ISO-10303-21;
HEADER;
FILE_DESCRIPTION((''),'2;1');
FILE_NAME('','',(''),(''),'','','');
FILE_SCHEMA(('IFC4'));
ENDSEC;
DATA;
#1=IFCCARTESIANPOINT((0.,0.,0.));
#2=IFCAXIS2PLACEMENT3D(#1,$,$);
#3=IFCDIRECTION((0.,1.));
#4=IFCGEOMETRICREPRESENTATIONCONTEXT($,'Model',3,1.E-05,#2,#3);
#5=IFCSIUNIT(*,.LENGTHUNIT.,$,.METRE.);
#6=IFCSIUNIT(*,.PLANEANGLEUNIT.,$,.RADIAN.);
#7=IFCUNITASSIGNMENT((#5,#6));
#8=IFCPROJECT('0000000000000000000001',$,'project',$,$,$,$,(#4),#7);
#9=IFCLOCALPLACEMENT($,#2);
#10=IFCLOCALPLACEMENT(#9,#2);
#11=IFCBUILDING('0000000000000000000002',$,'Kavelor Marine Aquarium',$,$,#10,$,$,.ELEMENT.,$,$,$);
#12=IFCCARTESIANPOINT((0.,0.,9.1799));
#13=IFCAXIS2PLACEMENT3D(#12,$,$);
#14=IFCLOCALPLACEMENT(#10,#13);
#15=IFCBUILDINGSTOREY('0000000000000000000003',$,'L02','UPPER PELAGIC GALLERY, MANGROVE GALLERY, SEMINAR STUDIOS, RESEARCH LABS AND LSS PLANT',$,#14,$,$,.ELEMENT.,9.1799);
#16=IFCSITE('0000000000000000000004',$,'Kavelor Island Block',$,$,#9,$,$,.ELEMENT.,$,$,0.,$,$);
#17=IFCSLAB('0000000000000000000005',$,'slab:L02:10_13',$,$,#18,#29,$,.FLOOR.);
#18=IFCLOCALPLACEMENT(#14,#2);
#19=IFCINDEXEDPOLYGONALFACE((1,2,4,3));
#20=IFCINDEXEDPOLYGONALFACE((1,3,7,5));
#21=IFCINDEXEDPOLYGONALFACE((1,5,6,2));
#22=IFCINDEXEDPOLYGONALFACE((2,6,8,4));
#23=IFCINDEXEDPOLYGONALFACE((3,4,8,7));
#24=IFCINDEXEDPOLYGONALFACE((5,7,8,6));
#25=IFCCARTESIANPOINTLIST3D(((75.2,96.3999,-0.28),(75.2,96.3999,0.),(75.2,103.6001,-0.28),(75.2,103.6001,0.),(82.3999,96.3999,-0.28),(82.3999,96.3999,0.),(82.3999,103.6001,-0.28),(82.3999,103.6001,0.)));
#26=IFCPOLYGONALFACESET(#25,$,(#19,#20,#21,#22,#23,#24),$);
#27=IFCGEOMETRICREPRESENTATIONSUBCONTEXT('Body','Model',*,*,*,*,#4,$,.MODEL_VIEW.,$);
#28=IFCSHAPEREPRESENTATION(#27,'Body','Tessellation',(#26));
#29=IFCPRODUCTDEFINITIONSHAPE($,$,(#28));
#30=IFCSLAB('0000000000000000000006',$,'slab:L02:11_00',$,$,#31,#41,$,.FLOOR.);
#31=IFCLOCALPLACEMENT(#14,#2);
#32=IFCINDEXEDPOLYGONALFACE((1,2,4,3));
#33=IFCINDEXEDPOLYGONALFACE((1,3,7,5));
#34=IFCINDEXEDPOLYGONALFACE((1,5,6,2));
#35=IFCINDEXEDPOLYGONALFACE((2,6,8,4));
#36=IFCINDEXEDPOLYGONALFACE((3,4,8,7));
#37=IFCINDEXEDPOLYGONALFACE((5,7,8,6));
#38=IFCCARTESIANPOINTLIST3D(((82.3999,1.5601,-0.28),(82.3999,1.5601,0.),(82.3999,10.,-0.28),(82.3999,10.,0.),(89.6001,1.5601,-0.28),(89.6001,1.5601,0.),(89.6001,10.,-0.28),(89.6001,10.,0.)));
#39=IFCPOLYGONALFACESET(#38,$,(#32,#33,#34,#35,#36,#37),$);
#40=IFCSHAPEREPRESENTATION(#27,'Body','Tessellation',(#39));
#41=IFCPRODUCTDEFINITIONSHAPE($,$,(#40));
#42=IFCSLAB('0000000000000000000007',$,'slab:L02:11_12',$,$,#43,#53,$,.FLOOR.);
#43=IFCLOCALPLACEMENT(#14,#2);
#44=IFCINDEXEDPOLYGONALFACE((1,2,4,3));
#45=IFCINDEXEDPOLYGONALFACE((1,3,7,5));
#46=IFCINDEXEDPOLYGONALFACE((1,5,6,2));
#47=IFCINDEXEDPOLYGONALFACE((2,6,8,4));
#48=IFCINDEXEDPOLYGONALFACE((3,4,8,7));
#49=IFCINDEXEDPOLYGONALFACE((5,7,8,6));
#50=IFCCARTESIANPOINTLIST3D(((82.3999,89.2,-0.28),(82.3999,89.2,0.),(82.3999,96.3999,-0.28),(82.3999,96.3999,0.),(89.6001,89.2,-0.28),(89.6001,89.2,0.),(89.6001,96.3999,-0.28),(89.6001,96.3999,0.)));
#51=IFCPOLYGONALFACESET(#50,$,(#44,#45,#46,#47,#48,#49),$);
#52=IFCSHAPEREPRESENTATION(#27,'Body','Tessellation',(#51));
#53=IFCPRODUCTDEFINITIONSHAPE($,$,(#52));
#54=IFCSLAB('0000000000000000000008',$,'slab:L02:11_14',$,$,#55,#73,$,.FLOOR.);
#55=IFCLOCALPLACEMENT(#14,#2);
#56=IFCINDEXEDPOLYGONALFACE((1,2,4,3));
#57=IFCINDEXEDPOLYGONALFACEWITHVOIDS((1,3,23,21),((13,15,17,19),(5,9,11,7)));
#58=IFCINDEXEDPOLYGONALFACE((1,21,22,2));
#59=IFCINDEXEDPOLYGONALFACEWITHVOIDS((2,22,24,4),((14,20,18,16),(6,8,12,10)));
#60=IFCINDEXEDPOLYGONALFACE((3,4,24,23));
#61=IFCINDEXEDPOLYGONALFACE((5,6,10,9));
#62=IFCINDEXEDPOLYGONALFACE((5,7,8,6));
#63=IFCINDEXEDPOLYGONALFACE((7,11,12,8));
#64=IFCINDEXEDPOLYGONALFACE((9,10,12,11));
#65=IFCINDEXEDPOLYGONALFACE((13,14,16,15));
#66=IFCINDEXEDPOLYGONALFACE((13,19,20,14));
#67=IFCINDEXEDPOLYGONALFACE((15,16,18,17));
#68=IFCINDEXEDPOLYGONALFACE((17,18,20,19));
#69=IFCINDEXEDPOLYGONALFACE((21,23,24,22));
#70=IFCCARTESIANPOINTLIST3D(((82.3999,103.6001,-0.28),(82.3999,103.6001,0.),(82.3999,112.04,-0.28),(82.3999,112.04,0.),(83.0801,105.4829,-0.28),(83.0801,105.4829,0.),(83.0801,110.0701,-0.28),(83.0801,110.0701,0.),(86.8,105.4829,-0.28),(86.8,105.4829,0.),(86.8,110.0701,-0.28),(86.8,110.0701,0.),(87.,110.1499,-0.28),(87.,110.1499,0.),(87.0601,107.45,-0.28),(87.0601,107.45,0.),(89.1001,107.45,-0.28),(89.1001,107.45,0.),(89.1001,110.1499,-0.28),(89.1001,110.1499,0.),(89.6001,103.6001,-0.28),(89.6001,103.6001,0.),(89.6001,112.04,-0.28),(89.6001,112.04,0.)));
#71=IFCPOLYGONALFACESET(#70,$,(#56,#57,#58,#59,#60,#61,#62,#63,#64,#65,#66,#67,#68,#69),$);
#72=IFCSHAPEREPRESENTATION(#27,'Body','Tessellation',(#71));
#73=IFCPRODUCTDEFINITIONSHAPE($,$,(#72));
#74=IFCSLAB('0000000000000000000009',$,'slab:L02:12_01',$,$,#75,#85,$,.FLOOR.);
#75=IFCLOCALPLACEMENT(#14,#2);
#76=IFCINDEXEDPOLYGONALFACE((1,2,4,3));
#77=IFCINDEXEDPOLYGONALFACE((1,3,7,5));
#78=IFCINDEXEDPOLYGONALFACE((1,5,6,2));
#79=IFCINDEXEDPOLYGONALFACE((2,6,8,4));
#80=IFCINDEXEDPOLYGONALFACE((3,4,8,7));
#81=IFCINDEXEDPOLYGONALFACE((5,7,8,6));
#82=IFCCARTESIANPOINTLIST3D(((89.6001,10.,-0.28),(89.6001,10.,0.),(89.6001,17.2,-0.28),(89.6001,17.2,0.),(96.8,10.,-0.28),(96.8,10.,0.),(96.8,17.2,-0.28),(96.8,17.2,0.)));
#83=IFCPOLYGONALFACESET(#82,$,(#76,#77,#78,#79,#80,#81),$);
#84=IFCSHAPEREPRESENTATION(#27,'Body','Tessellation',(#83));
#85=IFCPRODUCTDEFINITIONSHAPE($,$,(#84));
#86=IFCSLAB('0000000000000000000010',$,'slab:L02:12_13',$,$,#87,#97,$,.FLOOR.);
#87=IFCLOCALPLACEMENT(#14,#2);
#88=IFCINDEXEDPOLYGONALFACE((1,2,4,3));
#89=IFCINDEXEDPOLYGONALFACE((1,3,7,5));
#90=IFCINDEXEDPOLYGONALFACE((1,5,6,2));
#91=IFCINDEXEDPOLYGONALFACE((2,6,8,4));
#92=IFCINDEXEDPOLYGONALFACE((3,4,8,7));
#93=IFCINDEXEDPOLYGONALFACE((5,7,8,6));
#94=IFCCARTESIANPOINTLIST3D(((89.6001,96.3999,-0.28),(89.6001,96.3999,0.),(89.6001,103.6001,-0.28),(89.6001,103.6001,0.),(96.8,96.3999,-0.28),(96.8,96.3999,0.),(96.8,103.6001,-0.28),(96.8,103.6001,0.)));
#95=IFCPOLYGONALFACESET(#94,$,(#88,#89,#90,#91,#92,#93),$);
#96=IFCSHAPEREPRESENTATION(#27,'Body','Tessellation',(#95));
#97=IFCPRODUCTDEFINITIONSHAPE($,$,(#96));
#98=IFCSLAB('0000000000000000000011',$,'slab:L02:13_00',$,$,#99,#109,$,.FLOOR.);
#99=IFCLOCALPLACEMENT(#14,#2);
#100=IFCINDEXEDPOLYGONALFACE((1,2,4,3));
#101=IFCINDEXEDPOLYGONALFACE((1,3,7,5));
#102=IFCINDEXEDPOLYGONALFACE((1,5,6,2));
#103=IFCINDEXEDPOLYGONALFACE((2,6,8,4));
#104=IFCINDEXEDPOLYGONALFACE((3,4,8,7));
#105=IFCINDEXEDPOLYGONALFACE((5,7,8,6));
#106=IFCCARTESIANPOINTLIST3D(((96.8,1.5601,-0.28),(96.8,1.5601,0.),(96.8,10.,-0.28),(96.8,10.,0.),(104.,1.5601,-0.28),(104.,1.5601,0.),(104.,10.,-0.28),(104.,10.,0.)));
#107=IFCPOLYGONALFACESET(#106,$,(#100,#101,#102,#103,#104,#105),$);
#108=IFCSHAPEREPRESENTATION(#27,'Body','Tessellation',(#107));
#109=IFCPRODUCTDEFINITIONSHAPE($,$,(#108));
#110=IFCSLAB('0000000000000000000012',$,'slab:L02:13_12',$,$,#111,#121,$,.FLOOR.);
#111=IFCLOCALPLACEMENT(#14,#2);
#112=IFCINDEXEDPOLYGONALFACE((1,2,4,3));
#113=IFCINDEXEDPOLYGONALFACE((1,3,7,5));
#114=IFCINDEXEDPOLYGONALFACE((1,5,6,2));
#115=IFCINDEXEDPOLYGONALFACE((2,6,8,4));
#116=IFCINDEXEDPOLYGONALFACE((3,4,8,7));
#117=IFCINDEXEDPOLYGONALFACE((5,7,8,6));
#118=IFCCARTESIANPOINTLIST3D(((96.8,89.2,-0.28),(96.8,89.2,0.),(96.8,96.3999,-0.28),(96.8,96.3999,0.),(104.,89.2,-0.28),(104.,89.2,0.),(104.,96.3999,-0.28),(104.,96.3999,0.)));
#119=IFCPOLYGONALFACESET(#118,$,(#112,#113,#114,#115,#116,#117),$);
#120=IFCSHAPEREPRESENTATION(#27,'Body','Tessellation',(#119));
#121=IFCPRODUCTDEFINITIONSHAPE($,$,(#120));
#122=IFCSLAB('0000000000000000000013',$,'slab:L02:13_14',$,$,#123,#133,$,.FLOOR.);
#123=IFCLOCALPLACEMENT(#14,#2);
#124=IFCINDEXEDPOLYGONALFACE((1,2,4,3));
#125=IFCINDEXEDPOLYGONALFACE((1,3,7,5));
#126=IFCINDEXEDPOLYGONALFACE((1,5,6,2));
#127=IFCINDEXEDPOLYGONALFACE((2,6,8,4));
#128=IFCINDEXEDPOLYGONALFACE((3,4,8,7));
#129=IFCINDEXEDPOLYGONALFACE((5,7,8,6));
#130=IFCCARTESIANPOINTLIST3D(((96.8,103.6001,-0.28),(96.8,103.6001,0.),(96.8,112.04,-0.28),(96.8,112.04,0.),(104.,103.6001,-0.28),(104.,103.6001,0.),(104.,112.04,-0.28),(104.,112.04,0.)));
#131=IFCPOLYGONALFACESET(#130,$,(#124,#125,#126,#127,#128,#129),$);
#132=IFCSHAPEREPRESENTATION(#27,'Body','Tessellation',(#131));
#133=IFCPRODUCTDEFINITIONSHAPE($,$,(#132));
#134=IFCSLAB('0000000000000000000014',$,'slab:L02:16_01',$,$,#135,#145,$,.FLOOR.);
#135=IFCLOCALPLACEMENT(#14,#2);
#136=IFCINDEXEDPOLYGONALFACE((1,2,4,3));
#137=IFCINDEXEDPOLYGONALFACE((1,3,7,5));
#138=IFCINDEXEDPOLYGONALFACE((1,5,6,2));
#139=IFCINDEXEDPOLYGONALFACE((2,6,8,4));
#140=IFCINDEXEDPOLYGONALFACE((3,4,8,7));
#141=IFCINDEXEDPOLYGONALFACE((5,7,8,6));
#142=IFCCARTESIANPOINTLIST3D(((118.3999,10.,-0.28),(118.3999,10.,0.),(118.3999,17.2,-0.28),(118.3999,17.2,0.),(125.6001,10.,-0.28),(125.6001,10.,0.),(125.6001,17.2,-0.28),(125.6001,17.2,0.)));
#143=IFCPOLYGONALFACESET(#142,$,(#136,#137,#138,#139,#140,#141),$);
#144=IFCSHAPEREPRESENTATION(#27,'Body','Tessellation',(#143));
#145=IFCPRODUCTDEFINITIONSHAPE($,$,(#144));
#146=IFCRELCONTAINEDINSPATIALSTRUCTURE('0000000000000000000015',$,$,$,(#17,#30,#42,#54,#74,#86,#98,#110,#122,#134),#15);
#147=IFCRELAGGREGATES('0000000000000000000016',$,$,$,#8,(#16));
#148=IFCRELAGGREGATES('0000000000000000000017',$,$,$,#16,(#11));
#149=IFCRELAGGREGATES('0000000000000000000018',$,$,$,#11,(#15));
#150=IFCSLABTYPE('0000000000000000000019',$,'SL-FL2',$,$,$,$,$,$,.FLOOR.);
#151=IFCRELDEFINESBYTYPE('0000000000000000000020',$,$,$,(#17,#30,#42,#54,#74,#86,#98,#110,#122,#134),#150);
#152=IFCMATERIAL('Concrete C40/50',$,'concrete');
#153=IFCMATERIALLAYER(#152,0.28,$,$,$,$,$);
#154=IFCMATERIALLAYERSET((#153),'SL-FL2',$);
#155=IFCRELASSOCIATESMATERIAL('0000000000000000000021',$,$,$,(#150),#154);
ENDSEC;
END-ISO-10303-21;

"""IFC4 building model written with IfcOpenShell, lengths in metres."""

from ifc_helpers import new_model, si_unit, direction, frame, origin, place, context, subcontext, project, spatial, polyline, outline, extrude, material, layer, layer_set, type_object, element, save


model = new_model("IFC4")

# Units and contexts
model_context = context("Model", 3, precision=1e-05, world=origin(), true_north=direction((0.0, 1.0)))
body_context = subcontext(model_context, "Body", "Model", "MODEL_VIEW")
ifc_project = project(units=[si_unit("LENGTHUNIT", "METRE"), si_unit("PLANEANGLEUNIT", "RADIAN")], contexts=[model_context])

# Site, building, storey
site_placement = place(None, origin())
site = spatial("IfcSite", under=ifc_project, at=site_placement, Name="Kavelor Island Block", CompositionType="ELEMENT", RefElevation=0.0)
building_placement = place(site_placement, origin())
building = spatial("IfcBuilding", under=site, at=building_placement, Name="Kavelor Marine Aquarium", CompositionType="ELEMENT")
storey_placement = place(building_placement, frame((0.0, 0.0, 9.1799)))
storey = spatial("IfcBuildingStorey", under=building, at=storey_placement, Name="L02", Description="UPPER PELAGIC GALLERY, MANGROVE GALLERY, SEMINAR STUDIOS, RESEARCH LABS AND LSS PLANT", CompositionType="ELEMENT", Elevation=9.1799)

# Slabs
ifc_material = material(Name="Concrete C40/50", Category="concrete")
ifc_layer = layer(ifc_material, 0.28)
ifc_layer_set = layer_set([ifc_layer], Name="SL-FL2")
slab_type = type_object("IfcSlabType", Name="SL-FL2", PredefinedType="FLOOR", material=ifc_layer_set)
slab_1_placement = place(storey_placement, frame((0.0, 0.0, -0.28)))
element("IfcSlab", 1, at=slab_1_placement, inside=storey, type_object=slab_type, Name="slab:L02:10_13", PredefinedType="FLOOR", context=body_context, shape_type="SweptSolid", body=[
    extrude(outline(polyline([(75.2, 96.3999), (82.3999, 96.3999), (82.3999, 103.6001), (75.2, 103.6001), (75.2, 96.3999)])), origin(), (0.0, 0.0, 1.0), 0.28),
])
slab_2_placement = place(storey_placement, frame((0.0, 0.0, -0.28)))
element("IfcSlab", 2, at=slab_2_placement, inside=storey, type_object=slab_type, Name="slab:L02:11_00", PredefinedType="FLOOR", context=body_context, shape_type="SweptSolid", body=[
    extrude(outline(polyline([(82.3999, 1.5601), (89.6001, 1.5601), (89.6001, 10.0), (82.3999, 10.0), (82.3999, 1.5601)])), origin(), (0.0, 0.0, 1.0), 0.28),
])
slab_3_placement = place(storey_placement, frame((0.0, 0.0, -0.28)))
element("IfcSlab", 3, at=slab_3_placement, inside=storey, type_object=slab_type, Name="slab:L02:11_12", PredefinedType="FLOOR", context=body_context, shape_type="SweptSolid", body=[
    extrude(outline(polyline([(82.3999, 89.2), (89.6001, 89.2), (89.6001, 96.3999), (82.3999, 96.3999), (82.3999, 89.2)])), origin(), (0.0, 0.0, 1.0), 0.28),
])
slab_4_placement = place(storey_placement, frame((0.0, 0.0, -0.28)))
element("IfcSlab", 4, at=slab_4_placement, inside=storey, type_object=slab_type, Name="slab:L02:11_14", PredefinedType="FLOOR", context=body_context, shape_type="SweptSolid", body=[
    extrude(outline(polyline([(82.3999, 103.6001), (89.6001, 103.6001), (89.6001, 112.04), (82.3999, 112.04), (82.3999, 103.6001)]), holes=[polyline([(83.0801, 105.4829), (86.8, 105.4829), (86.8, 110.0701), (83.0801, 110.0701), (83.0801, 105.4829)]), polyline([(87.0601, 107.45), (89.1001, 107.45), (89.1001, 110.1499), (87.0, 110.1499), (87.0601, 107.45)])]), origin(), (0.0, 0.0, 1.0), 0.28),
])
slab_5_placement = place(storey_placement, frame((0.0, 0.0, -0.28)))
element("IfcSlab", 5, at=slab_5_placement, inside=storey, type_object=slab_type, Name="slab:L02:12_01", PredefinedType="FLOOR", context=body_context, shape_type="SweptSolid", body=[
    extrude(outline(polyline([(89.6001, 10.0), (96.8, 10.0), (96.8, 17.2), (89.6001, 17.2), (89.6001, 10.0)])), origin(), (0.0, 0.0, 1.0), 0.28),
])
slab_6_placement = place(storey_placement, frame((0.0, 0.0, -0.28)))
element("IfcSlab", 6, at=slab_6_placement, inside=storey, type_object=slab_type, Name="slab:L02:12_13", PredefinedType="FLOOR", context=body_context, shape_type="SweptSolid", body=[
    extrude(outline(polyline([(89.6001, 96.3999), (96.8, 96.3999), (96.8, 103.6001), (89.6001, 103.6001), (89.6001, 96.3999)])), origin(), (0.0, 0.0, 1.0), 0.28),
])
slab_7_placement = place(storey_placement, frame((0.0, 0.0, -0.28)))
element("IfcSlab", 7, at=slab_7_placement, inside=storey, type_object=slab_type, Name="slab:L02:13_00", PredefinedType="FLOOR", context=body_context, shape_type="SweptSolid", body=[
    extrude(outline(polyline([(96.8, 1.5601), (104.0, 1.5601), (104.0, 10.0), (96.8, 10.0), (96.8, 1.5601)])), origin(), (0.0, 0.0, 1.0), 0.28),
])
slab_8_placement = place(storey_placement, frame((0.0, 0.0, -0.28)))
element("IfcSlab", 8, at=slab_8_placement, inside=storey, type_object=slab_type, Name="slab:L02:13_12", PredefinedType="FLOOR", context=body_context, shape_type="SweptSolid", body=[
    extrude(outline(polyline([(96.8, 89.2), (104.0, 89.2), (104.0, 96.3999), (96.8, 96.3999), (96.8, 89.2)])), origin(), (0.0, 0.0, 1.0), 0.28),
])
slab_9_placement = place(storey_placement, frame((0.0, 0.0, -0.28)))
element("IfcSlab", 9, at=slab_9_placement, inside=storey, type_object=slab_type, Name="slab:L02:13_14", PredefinedType="FLOOR", context=body_context, shape_type="SweptSolid", body=[
    extrude(outline(polyline([(96.8, 103.6001), (104.0, 103.6001), (104.0, 112.04), (96.8, 112.04), (96.8, 103.6001)])), origin(), (0.0, 0.0, 1.0), 0.28),
])
slab_10_placement = place(storey_placement, frame((0.0, 0.0, -0.28)))
element("IfcSlab", 10, at=slab_10_placement, inside=storey, type_object=slab_type, Name="slab:L02:16_01", PredefinedType="FLOOR", context=body_context, shape_type="SweptSolid", body=[
    extrude(outline(polyline([(118.3999, 10.0), (125.6001, 10.0), (125.6001, 17.2), (118.3999, 17.2), (118.3999, 10.0)])), origin(), (0.0, 0.0, 1.0), 0.28),
])

save(model, "model.ifc")
